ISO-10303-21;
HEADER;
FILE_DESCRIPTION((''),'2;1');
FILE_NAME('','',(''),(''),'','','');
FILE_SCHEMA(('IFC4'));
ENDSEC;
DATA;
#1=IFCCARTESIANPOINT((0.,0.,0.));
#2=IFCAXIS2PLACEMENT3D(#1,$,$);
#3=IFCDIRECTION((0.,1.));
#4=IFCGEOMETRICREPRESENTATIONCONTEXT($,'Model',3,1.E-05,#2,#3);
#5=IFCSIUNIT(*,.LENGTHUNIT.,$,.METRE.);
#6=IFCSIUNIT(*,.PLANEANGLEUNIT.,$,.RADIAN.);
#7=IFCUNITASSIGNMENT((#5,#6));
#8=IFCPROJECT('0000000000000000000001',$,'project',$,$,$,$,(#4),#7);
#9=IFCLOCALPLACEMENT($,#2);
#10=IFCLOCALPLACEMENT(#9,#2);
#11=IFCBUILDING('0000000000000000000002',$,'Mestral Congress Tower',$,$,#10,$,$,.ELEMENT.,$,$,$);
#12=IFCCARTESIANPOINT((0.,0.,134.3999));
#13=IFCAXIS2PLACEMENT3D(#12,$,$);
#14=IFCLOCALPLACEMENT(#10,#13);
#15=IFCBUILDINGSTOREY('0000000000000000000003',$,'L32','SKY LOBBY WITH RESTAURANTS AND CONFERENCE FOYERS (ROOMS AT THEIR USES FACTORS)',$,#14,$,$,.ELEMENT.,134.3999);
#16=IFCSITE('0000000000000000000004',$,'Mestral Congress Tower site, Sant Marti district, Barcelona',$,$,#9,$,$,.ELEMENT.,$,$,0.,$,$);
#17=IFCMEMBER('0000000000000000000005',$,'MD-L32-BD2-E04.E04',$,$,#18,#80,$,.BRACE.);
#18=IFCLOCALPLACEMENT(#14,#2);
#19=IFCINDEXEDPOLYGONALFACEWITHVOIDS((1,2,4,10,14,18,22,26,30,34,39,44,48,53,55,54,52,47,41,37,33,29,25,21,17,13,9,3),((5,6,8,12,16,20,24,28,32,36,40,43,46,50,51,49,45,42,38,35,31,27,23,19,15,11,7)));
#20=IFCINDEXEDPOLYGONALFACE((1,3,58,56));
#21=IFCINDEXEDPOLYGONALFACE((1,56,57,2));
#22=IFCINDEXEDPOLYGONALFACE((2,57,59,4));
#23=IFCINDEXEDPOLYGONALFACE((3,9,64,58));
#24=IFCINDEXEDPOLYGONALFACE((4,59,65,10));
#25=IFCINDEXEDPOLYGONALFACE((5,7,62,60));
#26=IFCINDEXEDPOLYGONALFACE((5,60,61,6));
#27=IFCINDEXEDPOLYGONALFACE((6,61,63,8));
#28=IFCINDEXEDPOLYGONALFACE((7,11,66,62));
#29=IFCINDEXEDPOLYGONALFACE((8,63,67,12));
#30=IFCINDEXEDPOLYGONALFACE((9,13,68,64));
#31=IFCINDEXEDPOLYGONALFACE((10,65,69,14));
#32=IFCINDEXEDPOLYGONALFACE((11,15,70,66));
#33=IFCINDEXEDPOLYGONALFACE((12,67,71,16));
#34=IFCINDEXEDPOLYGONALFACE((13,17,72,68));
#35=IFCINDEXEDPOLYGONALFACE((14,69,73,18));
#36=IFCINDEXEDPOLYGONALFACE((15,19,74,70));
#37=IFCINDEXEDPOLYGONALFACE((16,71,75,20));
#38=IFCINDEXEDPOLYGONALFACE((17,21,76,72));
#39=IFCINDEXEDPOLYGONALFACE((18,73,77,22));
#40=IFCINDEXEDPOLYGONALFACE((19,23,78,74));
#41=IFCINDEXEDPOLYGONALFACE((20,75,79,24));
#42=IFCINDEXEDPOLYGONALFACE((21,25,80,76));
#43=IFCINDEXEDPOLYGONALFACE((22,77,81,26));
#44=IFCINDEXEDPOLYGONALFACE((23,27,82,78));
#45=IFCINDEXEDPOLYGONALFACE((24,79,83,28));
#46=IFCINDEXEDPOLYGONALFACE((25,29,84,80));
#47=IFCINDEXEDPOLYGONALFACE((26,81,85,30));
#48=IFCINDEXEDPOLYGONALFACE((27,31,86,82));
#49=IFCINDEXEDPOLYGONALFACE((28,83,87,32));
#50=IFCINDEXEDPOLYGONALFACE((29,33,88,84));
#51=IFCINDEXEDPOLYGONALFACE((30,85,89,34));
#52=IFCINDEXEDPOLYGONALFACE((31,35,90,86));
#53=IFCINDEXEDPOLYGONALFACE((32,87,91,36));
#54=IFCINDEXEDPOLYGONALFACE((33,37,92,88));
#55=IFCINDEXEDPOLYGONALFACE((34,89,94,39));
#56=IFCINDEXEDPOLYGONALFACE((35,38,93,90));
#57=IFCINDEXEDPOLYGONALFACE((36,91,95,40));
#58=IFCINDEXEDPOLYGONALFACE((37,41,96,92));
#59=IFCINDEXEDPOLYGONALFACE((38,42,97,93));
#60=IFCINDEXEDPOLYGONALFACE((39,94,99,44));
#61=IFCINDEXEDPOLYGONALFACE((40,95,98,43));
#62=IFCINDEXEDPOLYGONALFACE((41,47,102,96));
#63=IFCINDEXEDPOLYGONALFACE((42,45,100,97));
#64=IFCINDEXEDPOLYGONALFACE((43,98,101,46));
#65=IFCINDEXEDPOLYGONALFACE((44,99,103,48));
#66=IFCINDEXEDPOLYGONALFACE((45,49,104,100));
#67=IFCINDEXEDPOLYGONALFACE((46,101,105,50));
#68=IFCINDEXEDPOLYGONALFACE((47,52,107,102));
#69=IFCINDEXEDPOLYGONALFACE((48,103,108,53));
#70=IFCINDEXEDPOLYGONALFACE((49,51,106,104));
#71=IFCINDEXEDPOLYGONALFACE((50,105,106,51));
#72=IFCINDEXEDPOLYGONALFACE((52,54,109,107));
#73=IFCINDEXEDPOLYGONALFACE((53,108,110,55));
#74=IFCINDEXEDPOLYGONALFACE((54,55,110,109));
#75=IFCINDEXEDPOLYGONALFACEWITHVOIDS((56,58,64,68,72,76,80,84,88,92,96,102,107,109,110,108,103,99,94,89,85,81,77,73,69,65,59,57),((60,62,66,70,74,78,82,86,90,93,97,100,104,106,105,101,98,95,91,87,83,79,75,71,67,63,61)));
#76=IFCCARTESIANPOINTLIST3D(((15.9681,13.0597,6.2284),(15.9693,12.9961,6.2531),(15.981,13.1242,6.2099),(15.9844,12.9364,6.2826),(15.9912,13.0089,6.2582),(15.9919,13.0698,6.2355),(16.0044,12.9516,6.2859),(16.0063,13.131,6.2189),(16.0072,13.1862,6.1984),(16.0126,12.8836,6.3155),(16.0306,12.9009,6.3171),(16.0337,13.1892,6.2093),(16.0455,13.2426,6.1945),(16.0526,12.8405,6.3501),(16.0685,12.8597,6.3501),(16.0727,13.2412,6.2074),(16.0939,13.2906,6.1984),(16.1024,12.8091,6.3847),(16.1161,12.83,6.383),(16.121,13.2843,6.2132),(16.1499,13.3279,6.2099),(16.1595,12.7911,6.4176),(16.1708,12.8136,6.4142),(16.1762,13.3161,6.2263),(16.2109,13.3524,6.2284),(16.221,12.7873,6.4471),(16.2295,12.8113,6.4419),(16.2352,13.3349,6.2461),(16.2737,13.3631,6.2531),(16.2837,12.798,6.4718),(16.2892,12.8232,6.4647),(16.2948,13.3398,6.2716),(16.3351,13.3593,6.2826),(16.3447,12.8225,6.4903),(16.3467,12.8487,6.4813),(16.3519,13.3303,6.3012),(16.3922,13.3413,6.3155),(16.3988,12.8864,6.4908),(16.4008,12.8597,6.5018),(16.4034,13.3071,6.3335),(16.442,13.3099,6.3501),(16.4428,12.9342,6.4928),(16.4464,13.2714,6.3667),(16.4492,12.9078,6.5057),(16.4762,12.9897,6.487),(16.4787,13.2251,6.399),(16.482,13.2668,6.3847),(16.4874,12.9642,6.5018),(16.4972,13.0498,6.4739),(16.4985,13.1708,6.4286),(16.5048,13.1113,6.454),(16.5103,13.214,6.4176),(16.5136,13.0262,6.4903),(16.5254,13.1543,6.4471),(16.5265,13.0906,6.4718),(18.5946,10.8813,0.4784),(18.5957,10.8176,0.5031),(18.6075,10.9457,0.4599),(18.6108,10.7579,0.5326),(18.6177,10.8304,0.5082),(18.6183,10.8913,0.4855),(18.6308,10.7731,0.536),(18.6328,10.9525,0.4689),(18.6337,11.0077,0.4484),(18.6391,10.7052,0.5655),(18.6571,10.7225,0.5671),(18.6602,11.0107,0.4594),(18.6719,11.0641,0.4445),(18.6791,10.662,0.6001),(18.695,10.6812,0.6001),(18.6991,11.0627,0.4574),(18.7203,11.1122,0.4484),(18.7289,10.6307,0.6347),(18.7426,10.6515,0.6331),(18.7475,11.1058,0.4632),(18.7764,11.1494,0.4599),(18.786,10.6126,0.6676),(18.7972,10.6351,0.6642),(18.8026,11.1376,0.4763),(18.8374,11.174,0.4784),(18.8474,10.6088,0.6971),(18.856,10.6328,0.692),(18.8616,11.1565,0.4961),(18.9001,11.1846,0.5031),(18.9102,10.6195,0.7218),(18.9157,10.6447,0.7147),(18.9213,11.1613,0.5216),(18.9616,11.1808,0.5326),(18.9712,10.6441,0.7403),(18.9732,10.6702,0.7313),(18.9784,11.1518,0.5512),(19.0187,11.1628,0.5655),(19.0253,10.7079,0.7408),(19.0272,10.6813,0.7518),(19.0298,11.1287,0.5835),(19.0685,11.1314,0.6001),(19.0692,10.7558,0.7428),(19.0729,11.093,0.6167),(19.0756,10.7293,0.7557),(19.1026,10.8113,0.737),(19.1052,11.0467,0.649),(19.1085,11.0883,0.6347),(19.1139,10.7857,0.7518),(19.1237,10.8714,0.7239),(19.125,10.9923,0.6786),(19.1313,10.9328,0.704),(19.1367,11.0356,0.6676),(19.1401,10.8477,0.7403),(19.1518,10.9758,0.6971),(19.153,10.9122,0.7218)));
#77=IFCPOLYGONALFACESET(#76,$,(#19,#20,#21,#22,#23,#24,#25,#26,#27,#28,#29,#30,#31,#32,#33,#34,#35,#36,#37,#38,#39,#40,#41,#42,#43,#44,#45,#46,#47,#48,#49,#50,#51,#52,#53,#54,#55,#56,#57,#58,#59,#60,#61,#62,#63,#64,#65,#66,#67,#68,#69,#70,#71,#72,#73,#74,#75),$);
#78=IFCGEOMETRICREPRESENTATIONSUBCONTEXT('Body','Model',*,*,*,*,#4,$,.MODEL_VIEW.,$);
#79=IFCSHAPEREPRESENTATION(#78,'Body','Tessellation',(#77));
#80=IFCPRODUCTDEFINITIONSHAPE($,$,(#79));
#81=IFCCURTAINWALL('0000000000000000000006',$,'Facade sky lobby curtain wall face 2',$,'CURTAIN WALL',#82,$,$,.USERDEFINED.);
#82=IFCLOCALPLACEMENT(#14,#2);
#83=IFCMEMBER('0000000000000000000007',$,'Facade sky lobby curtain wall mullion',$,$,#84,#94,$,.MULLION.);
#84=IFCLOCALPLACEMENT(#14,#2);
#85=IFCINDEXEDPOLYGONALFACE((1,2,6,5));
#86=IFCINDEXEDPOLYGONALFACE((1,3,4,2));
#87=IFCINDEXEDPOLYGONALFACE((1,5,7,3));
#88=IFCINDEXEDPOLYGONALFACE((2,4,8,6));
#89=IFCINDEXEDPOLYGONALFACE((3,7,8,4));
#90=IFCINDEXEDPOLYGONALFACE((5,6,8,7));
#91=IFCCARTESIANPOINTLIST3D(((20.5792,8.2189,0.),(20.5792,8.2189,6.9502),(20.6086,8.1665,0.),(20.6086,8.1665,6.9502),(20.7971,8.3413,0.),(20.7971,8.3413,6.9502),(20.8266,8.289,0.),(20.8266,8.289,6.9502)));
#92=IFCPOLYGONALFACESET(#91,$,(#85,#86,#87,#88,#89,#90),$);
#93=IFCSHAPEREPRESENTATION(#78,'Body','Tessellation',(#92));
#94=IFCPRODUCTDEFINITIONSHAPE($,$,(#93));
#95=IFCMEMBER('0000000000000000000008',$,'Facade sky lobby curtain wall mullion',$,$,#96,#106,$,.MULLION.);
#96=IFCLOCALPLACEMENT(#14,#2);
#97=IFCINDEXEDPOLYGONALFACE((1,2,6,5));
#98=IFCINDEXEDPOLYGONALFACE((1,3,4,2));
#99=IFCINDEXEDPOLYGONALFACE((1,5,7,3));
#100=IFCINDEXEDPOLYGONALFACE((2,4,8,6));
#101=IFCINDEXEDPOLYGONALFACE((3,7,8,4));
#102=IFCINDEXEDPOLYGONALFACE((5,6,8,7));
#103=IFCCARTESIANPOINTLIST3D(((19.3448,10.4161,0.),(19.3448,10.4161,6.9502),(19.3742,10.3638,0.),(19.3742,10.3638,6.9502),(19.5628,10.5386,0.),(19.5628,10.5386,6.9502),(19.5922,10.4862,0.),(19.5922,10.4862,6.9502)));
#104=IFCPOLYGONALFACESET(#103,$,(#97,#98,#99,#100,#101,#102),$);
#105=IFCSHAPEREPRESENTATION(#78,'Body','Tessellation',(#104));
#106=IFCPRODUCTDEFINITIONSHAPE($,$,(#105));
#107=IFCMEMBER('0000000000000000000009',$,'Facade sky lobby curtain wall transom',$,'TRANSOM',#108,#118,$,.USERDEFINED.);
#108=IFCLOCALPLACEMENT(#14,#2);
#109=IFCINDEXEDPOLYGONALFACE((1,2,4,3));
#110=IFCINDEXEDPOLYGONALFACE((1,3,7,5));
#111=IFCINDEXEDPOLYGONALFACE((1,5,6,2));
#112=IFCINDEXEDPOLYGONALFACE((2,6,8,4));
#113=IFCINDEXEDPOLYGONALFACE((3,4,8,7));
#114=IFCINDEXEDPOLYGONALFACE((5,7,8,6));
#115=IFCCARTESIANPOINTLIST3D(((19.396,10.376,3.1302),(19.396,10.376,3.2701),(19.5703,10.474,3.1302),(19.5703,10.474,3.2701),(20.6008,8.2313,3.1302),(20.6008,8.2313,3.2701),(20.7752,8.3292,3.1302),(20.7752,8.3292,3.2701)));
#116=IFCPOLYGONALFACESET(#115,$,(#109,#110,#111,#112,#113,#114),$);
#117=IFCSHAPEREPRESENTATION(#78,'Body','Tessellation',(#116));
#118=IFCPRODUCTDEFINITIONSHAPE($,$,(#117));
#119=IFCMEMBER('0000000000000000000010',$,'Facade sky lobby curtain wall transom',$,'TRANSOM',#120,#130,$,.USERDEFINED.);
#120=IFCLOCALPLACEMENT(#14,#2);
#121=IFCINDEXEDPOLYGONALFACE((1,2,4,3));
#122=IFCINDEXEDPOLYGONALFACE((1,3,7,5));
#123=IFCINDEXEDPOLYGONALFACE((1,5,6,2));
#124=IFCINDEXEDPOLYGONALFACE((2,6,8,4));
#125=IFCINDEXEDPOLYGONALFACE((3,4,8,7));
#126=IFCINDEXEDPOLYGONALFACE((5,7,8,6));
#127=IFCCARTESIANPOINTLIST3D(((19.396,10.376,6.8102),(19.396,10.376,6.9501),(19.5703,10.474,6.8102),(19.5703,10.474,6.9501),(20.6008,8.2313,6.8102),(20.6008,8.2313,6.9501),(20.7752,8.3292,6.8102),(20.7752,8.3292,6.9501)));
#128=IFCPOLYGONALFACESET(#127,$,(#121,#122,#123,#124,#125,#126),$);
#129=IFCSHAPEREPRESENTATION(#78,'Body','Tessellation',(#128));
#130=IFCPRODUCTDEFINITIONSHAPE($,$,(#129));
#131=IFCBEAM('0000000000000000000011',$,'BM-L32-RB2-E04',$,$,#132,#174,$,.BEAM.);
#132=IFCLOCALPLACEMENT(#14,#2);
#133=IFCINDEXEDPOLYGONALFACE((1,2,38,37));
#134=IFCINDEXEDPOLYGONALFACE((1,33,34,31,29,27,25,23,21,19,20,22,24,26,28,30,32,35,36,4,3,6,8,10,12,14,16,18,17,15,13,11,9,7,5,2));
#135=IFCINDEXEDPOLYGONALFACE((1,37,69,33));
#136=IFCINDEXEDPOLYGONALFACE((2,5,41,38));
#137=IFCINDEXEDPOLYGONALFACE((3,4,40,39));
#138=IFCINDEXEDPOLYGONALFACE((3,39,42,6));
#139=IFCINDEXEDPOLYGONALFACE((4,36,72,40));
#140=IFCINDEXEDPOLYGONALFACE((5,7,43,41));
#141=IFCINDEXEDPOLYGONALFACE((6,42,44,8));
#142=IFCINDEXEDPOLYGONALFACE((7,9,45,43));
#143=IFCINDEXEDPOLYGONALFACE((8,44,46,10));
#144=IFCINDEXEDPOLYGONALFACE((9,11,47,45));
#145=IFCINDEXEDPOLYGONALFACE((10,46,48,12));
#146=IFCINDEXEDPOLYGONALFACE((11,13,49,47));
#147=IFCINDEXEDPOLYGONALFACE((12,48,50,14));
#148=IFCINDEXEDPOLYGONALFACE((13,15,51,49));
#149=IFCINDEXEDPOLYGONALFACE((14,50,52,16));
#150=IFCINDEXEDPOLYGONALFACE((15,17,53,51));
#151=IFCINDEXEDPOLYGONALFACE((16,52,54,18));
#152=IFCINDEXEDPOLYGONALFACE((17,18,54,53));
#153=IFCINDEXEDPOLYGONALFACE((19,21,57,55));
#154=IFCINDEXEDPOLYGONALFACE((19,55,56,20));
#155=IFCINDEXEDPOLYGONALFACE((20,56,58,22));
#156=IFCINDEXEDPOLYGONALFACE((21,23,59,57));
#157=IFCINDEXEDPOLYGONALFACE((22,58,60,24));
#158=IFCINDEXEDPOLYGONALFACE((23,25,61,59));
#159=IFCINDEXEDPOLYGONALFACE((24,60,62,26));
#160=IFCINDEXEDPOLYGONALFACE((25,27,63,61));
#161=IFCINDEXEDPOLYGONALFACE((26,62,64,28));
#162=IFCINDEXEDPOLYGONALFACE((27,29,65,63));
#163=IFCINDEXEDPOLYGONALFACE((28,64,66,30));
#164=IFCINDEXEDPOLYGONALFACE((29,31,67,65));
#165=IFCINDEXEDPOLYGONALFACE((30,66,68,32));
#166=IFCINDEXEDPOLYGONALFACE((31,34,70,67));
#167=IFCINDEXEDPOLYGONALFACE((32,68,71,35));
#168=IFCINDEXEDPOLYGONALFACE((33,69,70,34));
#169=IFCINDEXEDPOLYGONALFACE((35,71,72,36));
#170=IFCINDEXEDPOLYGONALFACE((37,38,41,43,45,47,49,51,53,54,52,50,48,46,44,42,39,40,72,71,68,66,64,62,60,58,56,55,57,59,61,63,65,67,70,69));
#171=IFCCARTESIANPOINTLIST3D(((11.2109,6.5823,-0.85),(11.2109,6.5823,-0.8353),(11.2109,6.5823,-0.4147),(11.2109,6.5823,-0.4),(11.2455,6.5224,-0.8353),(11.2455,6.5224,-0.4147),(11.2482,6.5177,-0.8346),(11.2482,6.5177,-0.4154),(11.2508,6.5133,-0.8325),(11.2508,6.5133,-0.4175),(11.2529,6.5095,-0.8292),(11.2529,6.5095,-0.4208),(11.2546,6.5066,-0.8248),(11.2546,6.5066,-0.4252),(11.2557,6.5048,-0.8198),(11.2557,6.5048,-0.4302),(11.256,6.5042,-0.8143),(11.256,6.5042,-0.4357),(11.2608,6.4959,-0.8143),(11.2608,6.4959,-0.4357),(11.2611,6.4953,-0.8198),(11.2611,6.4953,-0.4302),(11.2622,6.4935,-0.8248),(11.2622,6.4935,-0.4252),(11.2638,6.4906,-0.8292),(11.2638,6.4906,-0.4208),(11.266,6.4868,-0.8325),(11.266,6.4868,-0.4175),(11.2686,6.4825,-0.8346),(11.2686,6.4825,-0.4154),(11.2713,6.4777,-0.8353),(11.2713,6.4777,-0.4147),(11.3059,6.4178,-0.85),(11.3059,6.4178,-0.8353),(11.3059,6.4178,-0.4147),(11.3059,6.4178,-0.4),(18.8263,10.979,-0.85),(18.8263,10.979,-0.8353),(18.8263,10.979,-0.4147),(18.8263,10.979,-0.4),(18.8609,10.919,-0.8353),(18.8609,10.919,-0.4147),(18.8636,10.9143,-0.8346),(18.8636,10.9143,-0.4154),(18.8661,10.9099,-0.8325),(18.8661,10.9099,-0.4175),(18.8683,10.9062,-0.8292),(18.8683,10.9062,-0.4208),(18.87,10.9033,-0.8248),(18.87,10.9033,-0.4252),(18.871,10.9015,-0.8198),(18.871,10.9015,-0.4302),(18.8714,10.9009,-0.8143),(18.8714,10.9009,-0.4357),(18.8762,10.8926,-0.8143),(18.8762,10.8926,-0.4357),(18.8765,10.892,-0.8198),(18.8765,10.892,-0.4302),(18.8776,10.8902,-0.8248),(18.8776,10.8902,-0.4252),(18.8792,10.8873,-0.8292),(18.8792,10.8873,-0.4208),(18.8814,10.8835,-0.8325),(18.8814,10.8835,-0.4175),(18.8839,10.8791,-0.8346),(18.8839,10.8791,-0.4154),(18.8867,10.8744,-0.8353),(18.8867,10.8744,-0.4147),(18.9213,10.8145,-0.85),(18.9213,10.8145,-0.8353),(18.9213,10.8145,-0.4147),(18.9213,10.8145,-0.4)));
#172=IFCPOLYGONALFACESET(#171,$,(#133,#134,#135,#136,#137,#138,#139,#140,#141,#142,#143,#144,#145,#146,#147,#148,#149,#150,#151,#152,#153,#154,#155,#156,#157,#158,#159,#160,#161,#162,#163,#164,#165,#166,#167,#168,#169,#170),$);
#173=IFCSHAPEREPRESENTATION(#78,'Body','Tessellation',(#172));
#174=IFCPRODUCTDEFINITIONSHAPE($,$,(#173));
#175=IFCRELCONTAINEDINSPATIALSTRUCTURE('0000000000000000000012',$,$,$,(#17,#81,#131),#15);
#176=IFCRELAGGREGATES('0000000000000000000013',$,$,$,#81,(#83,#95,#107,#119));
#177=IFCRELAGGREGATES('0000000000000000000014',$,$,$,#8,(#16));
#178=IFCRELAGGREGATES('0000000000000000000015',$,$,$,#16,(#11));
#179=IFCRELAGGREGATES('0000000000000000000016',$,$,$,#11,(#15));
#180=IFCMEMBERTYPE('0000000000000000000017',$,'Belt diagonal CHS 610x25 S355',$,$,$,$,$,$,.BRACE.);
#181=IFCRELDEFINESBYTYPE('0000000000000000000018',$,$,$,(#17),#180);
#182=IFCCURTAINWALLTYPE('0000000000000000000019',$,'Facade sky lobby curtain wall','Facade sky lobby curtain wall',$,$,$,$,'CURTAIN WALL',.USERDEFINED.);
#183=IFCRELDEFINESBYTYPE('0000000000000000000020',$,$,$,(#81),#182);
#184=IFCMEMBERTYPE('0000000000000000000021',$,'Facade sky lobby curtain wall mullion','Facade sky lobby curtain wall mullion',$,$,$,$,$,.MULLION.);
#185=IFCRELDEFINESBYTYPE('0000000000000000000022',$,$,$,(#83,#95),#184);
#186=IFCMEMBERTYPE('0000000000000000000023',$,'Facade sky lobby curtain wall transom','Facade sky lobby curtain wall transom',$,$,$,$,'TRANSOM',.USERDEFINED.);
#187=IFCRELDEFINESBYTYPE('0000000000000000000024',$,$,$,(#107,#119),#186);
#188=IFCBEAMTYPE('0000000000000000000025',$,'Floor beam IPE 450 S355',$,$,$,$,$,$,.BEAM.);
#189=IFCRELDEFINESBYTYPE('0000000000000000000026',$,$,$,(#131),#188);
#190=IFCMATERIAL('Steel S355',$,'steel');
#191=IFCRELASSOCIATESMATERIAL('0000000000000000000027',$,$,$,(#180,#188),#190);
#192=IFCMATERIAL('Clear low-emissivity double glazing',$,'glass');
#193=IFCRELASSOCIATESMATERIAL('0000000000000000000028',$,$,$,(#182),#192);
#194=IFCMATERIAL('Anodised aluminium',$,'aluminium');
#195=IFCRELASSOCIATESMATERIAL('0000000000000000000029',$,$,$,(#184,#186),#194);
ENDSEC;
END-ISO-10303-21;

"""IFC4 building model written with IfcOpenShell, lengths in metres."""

from ifc_helpers import new_model, si_unit, direction, frame, origin, origin_2d, place, context, subcontext, project, spatial, rectangle, hollow_circle, i_section, extrude, material, material_profile, profile_set, type_object, element, aggregate, save


model = new_model("IFC4")

# Units and contexts
model_context = context("Model", 3, precision=1e-05, world=origin(), true_north=direction((0.0, 1.0)))
body_context = subcontext(model_context, "Body", "Model", "MODEL_VIEW")
ifc_project = project(units=[si_unit("LENGTHUNIT", "METRE"), si_unit("PLANEANGLEUNIT", "RADIAN")], contexts=[model_context])

# Site, building, storey
site_placement = place(None, origin())
site = spatial("IfcSite", under=ifc_project, at=site_placement, Name="Mestral Congress Tower site, Sant Marti district, Barcelona", CompositionType="ELEMENT", RefElevation=0.0)
building_placement = place(site_placement, origin())
building = spatial("IfcBuilding", under=site, at=building_placement, Name="Mestral Congress Tower", CompositionType="ELEMENT")
storey_placement = place(building_placement, frame((0.0, 0.0, 134.3999)))
storey = spatial("IfcBuildingStorey", under=building, at=storey_placement, Name="L32", Description="SKY LOBBY WITH RESTAURANTS AND CONFERENCE FOYERS (ROOMS AT THEIR USES FACTORS)", CompositionType="ELEMENT", Elevation=134.3999)

# Member
ifc_material_1 = material(Name="Steel S355", Category="steel")
ifc_material_profile_1 = material_profile(ifc_material_1, hollow_circle(Radius=0.3049, WallThickness=0.0249, at=origin_2d()), Name="CHS 610x25")
ifc_profile_set_1 = profile_set([ifc_material_profile_1], Name="Steel S355")
member_type_1 = type_object("IfcMemberType", Name="Belt diagonal CHS 610x25 S355", PredefinedType="BRACE", material=ifc_profile_set_1)
for number, where, z_axis, x_axis, name in (
    (1, (18.8738, 10.8967, 0.6001), (-0.392813, 0.325811, 0.859968), (-0.638409, -0.769697, 0.0), "MD-L32-BD2-E04.E04"),
):
    element("IfcMember", number, at=place(storey_placement, frame(where, z_axis=z_axis, x_axis=x_axis)), inside=storey, type_object=member_type_1, Name=name, PredefinedType="BRACE", context=body_context, shape_type="SweptSolid", body=[
        extrude(hollow_circle(Radius=0.3049, WallThickness=0.0249, at=origin_2d()), origin(), (0.0, 0.0, 1.0), 6.6863),
    ])

# Curtain wall, members
ifc_material_2 = material(Name="Clear low-emissivity double glazing", Category="glass")
curtain_wall_type = type_object("IfcCurtainWallType", Name="Facade sky lobby curtain wall", Description="Facade sky lobby curtain wall", ElementType="CURTAIN WALL", PredefinedType="USERDEFINED", material=ifc_material_2)
curtain_wall_placement = place(storey_placement, origin())
curtain_wall = element("IfcCurtainWall", 2, at=curtain_wall_placement, inside=storey, type_object=curtain_wall_type, Name="Facade sky lobby curtain wall face 2", ObjectType="CURTAIN WALL", PredefinedType="USERDEFINED")
ifc_material_3 = material(Name="Anodised aluminium", Category="aluminium")
ifc_material_profile_2 = material_profile(ifc_material_3, rectangle(XDim=0.25, YDim=0.0601, at=origin_2d()), Name="CW1 mullion 250 x 60")
ifc_profile_set_2 = profile_set([ifc_material_profile_2], Name="Anodised aluminium")
member_type_2 = type_object("IfcMemberType", Name="Facade sky lobby curtain wall mullion", Description="Facade sky lobby curtain wall mullion", PredefinedType="MULLION", material=ifc_profile_set_2)
member_1_placement = place(storey_placement, frame((20.7029, 8.2539, 0.0), z_axis=(0.0, 0.0, 1.0), x_axis=(0.871815, 0.489836, 0.0)))
member_1 = element("IfcMember", 3, at=member_1_placement, type_object=member_type_2, Name="Facade sky lobby curtain wall mullion", PredefinedType="MULLION", context=body_context, shape_type="SweptSolid", body=[
    extrude(rectangle(XDim=0.25, YDim=0.0601, at=origin_2d()), origin(), (0.0, 0.0, 1.0), 6.9502),
])
member_2_placement = place(storey_placement, frame((19.4685, 10.4512, 0.0), z_axis=(0.0, 0.0, 1.0), x_axis=(0.871815, 0.489836, 0.0)))
member_2 = element("IfcMember", 4, at=member_2_placement, type_object=member_type_2, Name="Facade sky lobby curtain wall mullion", PredefinedType="MULLION", context=body_context, shape_type="SweptSolid", body=[
    extrude(rectangle(XDim=0.25, YDim=0.0601, at=origin_2d()), origin(), (0.0, 0.0, 1.0), 6.9502),
])
ifc_material_profile_3 = material_profile(ifc_material_3, rectangle(XDim=0.2, YDim=0.1399, at=origin_2d()), Name="CW1 transom 200 x 140")
ifc_profile_set_3 = profile_set([ifc_material_profile_3], Name="Anodised aluminium")
member_type_3 = type_object("IfcMemberType", Name="Facade sky lobby curtain wall transom", Description="Facade sky lobby curtain wall transom", ElementType="TRANSOM", PredefinedType="USERDEFINED", material=ifc_profile_set_3)
member_3_placement = place(storey_placement, frame((20.688, 8.2803, 3.2002), z_axis=(-0.489766, 0.871854, 0.0), x_axis=(-0.871854, -0.489766, 0.0)))
member_3 = element("IfcMember", 5, at=member_3_placement, type_object=member_type_3, Name="Facade sky lobby curtain wall transom", ObjectType="TRANSOM", PredefinedType="USERDEFINED", context=body_context, shape_type="SweptSolid", body=[
    extrude(rectangle(XDim=0.2, YDim=0.1399, at=origin_2d()), origin(), (0.0, 0.0, 1.0), 2.46),
])
member_4_placement = place(storey_placement, frame((20.688, 8.2803, 6.8801), z_axis=(-0.489766, 0.871854, 0.0), x_axis=(-0.871854, -0.489766, 0.0)))
member_4 = element("IfcMember", 6, at=member_4_placement, type_object=member_type_3, Name="Facade sky lobby curtain wall transom", ObjectType="TRANSOM", PredefinedType="USERDEFINED", context=body_context, shape_type="SweptSolid", body=[
    extrude(rectangle(XDim=0.2, YDim=0.1399, at=origin_2d()), origin(), (0.0, 0.0, 1.0), 2.46),
])

# Beam
ifc_material_profile_4 = material_profile(ifc_material_1, i_section(OverallWidth=0.1899, OverallDepth=0.45, WebThickness=0.0095, FlangeThickness=0.0146, FilletRadius=0.021, at=origin_2d()), Name="IPE 450")
ifc_profile_set_4 = profile_set([ifc_material_profile_4], Name="Steel S355")
beam_type_1 = type_object("IfcBeamType", Name="Floor beam IPE 450 S355", PredefinedType="BEAM", material=ifc_profile_set_4)
beam_1_placement = place(storey_placement, frame((18.8738, 10.8967, -0.625), z_axis=(-0.866029, -0.499994, 0.0), x_axis=(0.499994, -0.866029, 0.0)))
element("IfcBeam", 7, at=beam_1_placement, inside=storey, type_object=beam_type_1, Name="BM-L32-RB2-E04", PredefinedType="BEAM", context=body_context, shape_type="SweptSolid", body=[
    extrude(i_section(OverallWidth=0.1899, OverallDepth=0.45, WebThickness=0.0095, FlangeThickness=0.0146, FilletRadius=0.021, at=origin_2d()), origin(), (0.0, 0.0, 1.0), 8.7935),
])

aggregate(curtain_wall, [member_1, member_2, member_3, member_4])

save(model, "model.ifc")
